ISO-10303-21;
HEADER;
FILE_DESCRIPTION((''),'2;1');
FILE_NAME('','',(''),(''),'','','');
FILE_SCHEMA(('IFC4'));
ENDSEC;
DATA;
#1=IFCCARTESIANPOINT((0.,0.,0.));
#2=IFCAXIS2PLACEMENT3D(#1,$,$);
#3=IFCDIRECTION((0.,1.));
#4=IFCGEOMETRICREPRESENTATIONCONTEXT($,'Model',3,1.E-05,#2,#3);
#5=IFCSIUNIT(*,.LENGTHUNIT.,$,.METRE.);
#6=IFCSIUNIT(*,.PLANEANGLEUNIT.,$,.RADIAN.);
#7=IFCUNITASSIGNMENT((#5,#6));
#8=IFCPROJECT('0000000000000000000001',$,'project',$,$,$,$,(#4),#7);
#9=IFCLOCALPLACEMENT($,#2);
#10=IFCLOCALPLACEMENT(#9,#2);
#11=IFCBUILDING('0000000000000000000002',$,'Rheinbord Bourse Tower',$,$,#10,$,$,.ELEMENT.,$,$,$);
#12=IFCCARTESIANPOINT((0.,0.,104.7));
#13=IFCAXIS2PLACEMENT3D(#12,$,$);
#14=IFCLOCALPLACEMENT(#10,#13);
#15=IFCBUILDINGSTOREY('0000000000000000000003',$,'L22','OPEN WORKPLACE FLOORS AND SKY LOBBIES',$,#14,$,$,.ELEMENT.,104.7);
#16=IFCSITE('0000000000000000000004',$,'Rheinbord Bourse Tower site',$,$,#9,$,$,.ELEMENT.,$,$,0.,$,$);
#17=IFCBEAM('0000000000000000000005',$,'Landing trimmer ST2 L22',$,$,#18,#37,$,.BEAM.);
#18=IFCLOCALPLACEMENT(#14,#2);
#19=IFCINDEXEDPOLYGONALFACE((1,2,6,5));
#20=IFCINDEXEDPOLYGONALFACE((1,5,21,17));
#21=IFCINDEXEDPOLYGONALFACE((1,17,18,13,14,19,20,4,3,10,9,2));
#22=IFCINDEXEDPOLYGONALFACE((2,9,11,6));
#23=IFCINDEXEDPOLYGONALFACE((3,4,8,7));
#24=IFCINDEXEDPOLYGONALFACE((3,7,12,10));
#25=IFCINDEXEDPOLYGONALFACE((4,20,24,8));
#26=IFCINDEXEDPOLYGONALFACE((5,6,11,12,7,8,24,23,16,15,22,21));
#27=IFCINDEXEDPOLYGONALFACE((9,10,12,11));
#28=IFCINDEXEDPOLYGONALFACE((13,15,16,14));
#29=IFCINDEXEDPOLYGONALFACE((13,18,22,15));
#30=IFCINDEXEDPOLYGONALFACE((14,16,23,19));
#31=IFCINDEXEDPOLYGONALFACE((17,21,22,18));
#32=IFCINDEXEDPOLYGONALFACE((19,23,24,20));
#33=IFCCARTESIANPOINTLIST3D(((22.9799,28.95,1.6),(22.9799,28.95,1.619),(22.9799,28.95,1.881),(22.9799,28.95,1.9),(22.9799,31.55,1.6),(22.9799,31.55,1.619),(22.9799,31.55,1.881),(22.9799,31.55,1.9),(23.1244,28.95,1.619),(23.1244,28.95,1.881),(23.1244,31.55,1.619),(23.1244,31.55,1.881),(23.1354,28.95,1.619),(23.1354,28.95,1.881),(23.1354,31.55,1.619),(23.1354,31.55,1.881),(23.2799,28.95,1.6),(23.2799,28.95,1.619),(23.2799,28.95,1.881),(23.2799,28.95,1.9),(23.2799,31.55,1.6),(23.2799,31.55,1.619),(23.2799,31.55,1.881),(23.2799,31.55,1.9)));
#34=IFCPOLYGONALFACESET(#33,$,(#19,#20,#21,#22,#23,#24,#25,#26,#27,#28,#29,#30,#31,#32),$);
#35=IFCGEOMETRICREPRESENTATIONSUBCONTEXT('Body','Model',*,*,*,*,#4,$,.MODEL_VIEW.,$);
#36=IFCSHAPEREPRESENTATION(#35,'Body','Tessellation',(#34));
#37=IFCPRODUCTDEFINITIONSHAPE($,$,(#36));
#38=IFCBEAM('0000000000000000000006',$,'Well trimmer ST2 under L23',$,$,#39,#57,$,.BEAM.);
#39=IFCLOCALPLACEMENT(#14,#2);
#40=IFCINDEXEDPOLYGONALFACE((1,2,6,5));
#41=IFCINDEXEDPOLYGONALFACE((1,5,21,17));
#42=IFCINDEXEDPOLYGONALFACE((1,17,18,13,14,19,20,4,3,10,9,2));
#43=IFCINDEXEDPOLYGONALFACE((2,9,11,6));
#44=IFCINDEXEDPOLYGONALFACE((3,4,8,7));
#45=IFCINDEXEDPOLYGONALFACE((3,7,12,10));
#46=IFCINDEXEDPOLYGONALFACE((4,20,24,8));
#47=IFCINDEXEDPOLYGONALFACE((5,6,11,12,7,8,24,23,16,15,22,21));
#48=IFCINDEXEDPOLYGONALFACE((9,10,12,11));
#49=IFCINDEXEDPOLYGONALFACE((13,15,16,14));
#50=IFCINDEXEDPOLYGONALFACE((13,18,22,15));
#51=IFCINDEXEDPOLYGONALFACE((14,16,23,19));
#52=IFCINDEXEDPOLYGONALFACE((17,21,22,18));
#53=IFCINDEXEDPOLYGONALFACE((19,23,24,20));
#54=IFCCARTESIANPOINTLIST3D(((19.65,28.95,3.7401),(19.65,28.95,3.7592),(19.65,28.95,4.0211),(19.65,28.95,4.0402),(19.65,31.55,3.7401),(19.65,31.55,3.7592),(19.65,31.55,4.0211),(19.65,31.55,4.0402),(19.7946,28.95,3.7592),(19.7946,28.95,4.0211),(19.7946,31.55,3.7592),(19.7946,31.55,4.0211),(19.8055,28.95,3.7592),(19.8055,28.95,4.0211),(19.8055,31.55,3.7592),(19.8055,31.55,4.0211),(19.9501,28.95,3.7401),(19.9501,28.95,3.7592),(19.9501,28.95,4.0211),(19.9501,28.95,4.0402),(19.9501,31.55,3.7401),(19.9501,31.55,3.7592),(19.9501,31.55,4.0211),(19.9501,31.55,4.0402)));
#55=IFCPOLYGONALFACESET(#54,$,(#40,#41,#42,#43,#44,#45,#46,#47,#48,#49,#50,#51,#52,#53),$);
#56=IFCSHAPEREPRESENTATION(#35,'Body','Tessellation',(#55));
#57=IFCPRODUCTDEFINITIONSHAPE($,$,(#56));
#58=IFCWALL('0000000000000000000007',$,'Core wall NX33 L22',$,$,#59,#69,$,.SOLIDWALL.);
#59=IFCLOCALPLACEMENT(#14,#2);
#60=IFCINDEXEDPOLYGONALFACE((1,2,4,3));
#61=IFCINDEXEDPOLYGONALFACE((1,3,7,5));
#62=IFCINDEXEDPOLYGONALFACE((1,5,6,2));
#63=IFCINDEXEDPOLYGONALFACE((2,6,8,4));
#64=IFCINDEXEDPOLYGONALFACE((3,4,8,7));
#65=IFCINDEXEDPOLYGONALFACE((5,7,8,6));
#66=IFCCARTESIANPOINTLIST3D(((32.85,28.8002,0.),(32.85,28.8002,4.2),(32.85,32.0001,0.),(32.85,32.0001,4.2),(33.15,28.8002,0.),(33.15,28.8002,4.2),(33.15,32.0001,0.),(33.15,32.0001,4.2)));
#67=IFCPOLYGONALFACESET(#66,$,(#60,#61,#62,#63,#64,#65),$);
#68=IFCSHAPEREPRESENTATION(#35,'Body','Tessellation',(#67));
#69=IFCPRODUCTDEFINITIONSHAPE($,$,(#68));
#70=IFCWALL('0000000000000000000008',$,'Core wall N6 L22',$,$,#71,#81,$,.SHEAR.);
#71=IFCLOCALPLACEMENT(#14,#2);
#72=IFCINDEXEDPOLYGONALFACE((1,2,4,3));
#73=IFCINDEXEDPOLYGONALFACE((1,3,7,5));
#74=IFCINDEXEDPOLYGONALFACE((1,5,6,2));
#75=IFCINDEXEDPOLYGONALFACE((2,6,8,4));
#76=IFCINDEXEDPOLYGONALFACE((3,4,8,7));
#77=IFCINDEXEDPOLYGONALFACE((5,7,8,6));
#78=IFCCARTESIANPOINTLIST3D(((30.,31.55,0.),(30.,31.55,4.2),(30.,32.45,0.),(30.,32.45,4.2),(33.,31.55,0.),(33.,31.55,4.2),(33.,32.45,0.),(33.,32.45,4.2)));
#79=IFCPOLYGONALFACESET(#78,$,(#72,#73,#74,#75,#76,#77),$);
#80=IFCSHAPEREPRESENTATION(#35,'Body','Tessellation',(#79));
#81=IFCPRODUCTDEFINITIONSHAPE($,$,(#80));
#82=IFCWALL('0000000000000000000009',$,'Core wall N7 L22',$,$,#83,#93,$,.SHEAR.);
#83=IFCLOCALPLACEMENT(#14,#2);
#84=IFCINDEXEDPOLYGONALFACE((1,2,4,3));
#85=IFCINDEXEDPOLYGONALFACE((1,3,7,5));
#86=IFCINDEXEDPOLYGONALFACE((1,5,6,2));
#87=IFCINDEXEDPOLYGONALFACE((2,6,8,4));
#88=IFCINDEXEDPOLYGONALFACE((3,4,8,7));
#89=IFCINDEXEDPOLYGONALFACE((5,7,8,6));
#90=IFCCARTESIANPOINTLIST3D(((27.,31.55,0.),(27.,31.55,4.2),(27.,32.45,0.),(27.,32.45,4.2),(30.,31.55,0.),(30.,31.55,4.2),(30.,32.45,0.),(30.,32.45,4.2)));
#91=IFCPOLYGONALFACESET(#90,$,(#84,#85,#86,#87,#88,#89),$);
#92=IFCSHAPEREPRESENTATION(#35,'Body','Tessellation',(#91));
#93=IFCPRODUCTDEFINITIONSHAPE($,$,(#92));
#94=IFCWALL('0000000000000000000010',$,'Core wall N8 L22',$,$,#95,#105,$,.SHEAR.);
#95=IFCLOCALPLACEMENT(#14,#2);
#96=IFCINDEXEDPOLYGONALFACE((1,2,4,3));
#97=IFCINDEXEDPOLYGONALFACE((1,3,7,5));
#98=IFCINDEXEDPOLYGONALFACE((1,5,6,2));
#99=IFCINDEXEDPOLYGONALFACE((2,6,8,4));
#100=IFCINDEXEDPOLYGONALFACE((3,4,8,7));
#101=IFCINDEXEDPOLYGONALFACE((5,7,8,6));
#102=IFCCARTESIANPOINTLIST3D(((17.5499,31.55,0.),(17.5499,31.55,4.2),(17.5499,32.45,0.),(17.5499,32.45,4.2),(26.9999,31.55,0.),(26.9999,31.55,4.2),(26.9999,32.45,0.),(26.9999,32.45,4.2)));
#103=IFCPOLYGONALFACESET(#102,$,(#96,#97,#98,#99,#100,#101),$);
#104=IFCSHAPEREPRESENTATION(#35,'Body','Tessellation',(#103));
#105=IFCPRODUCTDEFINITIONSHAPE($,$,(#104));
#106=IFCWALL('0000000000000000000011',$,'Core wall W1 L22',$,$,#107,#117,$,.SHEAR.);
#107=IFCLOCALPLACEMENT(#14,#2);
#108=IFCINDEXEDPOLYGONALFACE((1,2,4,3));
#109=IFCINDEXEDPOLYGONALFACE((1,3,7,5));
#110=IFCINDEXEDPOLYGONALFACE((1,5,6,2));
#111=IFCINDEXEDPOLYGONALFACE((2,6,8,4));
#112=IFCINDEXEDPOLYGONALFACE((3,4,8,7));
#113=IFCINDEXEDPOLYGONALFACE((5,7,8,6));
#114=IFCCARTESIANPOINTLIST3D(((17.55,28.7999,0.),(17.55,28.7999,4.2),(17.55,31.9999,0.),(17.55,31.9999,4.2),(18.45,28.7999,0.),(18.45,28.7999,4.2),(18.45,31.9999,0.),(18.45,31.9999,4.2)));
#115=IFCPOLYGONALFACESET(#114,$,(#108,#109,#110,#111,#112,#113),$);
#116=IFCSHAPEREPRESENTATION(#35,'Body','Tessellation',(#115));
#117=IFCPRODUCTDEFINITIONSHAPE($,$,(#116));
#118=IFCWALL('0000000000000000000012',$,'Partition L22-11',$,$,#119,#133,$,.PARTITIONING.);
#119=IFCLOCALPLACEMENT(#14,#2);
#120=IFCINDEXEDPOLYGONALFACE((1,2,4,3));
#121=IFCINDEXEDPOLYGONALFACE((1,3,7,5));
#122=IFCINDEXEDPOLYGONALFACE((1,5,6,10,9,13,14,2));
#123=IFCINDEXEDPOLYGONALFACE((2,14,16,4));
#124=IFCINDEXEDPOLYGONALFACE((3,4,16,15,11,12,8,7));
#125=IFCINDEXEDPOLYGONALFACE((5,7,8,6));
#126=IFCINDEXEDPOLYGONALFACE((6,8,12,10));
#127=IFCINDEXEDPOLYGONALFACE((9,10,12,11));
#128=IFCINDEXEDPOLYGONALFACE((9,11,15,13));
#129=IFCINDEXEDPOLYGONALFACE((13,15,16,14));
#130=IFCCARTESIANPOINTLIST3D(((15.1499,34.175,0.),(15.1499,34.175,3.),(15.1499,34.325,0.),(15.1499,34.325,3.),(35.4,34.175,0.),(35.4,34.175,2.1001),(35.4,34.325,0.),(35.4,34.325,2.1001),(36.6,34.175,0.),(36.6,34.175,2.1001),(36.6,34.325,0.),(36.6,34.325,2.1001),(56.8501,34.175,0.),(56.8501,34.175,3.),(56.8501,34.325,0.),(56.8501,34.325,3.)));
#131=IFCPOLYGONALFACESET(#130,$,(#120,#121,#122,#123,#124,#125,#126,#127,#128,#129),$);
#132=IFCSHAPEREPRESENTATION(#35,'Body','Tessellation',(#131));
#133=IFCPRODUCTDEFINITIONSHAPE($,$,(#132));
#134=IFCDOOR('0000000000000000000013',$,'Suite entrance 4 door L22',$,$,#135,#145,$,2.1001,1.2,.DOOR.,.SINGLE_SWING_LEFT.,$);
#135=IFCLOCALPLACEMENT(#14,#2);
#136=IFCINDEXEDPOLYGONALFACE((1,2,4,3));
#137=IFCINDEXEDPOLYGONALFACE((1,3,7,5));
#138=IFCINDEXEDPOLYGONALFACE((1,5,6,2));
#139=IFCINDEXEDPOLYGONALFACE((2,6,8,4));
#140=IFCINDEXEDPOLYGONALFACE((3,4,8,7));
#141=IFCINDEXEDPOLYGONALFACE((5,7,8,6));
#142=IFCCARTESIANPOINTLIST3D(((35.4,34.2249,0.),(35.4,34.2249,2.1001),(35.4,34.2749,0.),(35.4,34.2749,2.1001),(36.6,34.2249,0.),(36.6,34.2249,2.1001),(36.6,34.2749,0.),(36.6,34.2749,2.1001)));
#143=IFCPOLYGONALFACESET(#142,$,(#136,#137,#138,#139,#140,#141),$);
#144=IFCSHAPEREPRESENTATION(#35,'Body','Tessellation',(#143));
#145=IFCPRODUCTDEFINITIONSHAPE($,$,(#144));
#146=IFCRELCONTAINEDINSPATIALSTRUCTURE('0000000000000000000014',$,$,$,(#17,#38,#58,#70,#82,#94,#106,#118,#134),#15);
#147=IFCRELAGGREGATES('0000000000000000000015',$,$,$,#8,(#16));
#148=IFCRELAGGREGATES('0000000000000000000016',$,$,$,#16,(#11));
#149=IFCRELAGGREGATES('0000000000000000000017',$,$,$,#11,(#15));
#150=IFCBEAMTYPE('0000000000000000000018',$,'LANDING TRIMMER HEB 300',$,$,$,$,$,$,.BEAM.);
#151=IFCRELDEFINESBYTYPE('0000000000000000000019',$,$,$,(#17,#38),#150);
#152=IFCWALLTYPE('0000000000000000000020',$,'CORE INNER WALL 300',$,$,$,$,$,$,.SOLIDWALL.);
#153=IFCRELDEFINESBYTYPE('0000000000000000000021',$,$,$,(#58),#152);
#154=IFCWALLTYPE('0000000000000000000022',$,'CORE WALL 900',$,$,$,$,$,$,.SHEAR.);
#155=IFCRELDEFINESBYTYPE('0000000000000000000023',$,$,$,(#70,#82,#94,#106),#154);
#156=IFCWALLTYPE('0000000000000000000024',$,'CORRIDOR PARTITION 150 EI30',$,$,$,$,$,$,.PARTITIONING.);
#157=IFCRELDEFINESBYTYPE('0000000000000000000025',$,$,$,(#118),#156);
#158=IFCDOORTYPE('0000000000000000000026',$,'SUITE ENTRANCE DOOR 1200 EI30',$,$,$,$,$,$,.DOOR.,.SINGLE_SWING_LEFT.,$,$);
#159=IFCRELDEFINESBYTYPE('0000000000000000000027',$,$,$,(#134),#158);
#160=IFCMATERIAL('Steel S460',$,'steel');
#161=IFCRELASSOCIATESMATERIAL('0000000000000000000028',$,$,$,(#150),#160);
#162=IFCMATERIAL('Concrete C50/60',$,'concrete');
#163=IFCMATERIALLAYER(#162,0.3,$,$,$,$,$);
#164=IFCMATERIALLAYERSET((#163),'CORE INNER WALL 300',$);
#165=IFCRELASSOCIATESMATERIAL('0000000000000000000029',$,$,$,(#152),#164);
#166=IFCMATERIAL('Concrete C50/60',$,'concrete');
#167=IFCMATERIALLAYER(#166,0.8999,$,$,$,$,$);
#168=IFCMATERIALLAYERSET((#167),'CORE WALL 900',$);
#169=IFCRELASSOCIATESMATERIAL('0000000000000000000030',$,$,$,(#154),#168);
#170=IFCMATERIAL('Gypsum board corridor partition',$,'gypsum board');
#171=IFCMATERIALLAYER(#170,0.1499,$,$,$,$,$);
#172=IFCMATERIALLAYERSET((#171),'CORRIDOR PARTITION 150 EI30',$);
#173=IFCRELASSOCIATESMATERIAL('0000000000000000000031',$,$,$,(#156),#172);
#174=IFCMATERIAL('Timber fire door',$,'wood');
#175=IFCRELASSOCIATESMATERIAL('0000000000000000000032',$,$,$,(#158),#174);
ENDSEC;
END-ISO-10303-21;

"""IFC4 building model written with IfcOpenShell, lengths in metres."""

from ifc_helpers import new_model, si_unit, direction, frame, frame_2d, origin, origin_2d, place, context, subcontext, project, spatial, rectangle, i_section, extrude, material, layer, layer_set, material_profile, profile_set, type_object, element, fill, save


model = new_model("IFC4")

# Units and contexts
model_context = context("Model", 3, precision=1e-05, world=origin(), true_north=direction((0.0, 1.0)))
body_context = subcontext(model_context, "Body", "Model", "MODEL_VIEW")
ifc_project = project(units=[si_unit("LENGTHUNIT", "METRE"), si_unit("PLANEANGLEUNIT", "RADIAN")], contexts=[model_context])

# Site, building, storey
site_placement = place(None, origin())
site = spatial("IfcSite", under=ifc_project, at=site_placement, Name="Rheinbord Bourse Tower site", CompositionType="ELEMENT", RefElevation=0.0)
building_placement = place(site_placement, origin())
building = spatial("IfcBuilding", under=site, at=building_placement, Name="Rheinbord Bourse Tower", CompositionType="ELEMENT")
storey_placement = place(building_placement, frame((0.0, 0.0, 104.7)))
storey = spatial("IfcBuildingStorey", under=building, at=storey_placement, Name="L22", Description="OPEN WORKPLACE FLOORS AND SKY LOBBIES", CompositionType="ELEMENT", Elevation=104.7)

# Beams
ifc_material_1 = material(Name="Steel S460", Category="steel")
ifc_material_profile = material_profile(ifc_material_1, i_section(OverallWidth=0.3, OverallDepth=0.3, WebThickness=0.011, FlangeThickness=0.019, at=origin_2d()), Name="HEB 300")
ifc_profile_set = profile_set([ifc_material_profile], Name="Steel S460")
beam_type = type_object("IfcBeamType", Name="LANDING TRIMMER HEB 300", PredefinedType="BEAM", material=ifc_profile_set)
for number, where, z_axis, x_axis, name in (
    (1, (23.1299, 28.95, 1.75), (0.0, 1.0, 0.0), (-1.0, 0.0, 0.0), "Landing trimmer ST2 L22"),
    (2, (19.8, 28.95, 3.8901), (0.0, 1.0, 0.0), (-1.0, 0.0, 0.0), "Well trimmer ST2 under L23"),
):
    element("IfcBeam", number, at=place(storey_placement, frame(where, z_axis=z_axis, x_axis=x_axis)), inside=storey, type_object=beam_type, Name=name, PredefinedType="BEAM", context=body_context, shape_type="SweptSolid", body=[
        extrude(i_section(OverallWidth=0.3, OverallDepth=0.3, WebThickness=0.011, FlangeThickness=0.019, at=origin_2d()), origin(), (0.0, 0.0, 1.0), 2.6001),
    ])

# Walls
ifc_material_2 = material(Name="Concrete C50/60", Category="concrete")
ifc_layer_1 = layer(ifc_material_2, 0.3)
ifc_layer_set_1 = layer_set([ifc_layer_1], Name="CORE INNER WALL 300")
wall_type_1 = type_object("IfcWallType", Name="CORE INNER WALL 300", PredefinedType="SOLIDWALL", material=ifc_layer_set_1)
wall_1_placement = place(storey_placement, frame((33.0, 28.8, 0.0), z_axis=(0.0, 0.0, 1.0), x_axis=(0.0, 1.0, 0.0)))
element("IfcWall", 3, at=wall_1_placement, inside=storey, type_object=wall_type_1, Name="Core wall NX33 L22", PredefinedType="SOLIDWALL", context=body_context, shape_type="SweptSolid", body=[
    extrude(rectangle(XDim=3.2, YDim=0.3, at=frame_2d((1.6001, 0.0))), origin(), (0.0, 0.0, 1.0), 4.2),
])
ifc_material_3 = material(Name="Concrete C50/60", Category="concrete")
ifc_layer_2 = layer(ifc_material_3, 0.8999)
ifc_layer_set_2 = layer_set([ifc_layer_2], Name="CORE WALL 900")
wall_type_2 = type_object("IfcWallType", Name="CORE WALL 900", PredefinedType="SHEAR", material=ifc_layer_set_2)
for number, where, z_axis, x_axis, name in (
    (4, (33.0, 32.0, 0.0), (0.0, 0.0, 1.0), (-1.0, 0.0, 0.0), "Core wall N6 L22"),
    (5, (30.0, 32.0, 0.0), (0.0, 0.0, 1.0), (-1.0, 0.0, 0.0), "Core wall N7 L22"),
):
    element("IfcWall", number, at=place(storey_placement, frame(where, z_axis=z_axis, x_axis=x_axis)), inside=storey, type_object=wall_type_2, Name=name, PredefinedType="SHEAR", context=body_context, shape_type="SweptSolid", body=[
        extrude(rectangle(XDim=3.0, YDim=0.8999, at=frame_2d((1.5, 0.0))), origin(), (0.0, 0.0, 1.0), 4.2),
    ])
wall_2_placement = place(storey_placement, frame((27.0, 32.0, 0.0), z_axis=(0.0, 0.0, 1.0), x_axis=(-1.0, 0.0, 0.0)))
element("IfcWall", 6, at=wall_2_placement, inside=storey, type_object=wall_type_2, Name="Core wall N8 L22", PredefinedType="SHEAR", context=body_context, shape_type="SweptSolid", body=[
    extrude(rectangle(XDim=9.45, YDim=0.8999, at=frame_2d((4.7251, 0.0))), origin(), (0.0, 0.0, 1.0), 4.2),
])
wall_3_placement = place(storey_placement, frame((18.0, 32.0, 0.0), z_axis=(0.0, 0.0, 1.0), x_axis=(0.0, -1.0, 0.0)))
element("IfcWall", 7, at=wall_3_placement, inside=storey, type_object=wall_type_2, Name="Core wall W1 L22", PredefinedType="SHEAR", context=body_context, shape_type="SweptSolid", body=[
    extrude(rectangle(XDim=3.2, YDim=0.8999, at=frame_2d((1.6001, 0.0))), origin(), (0.0, 0.0, 1.0), 4.2),
])

# Wall, opening, door
ifc_material_4 = material(Name="Gypsum board corridor partition", Category="gypsum board")
ifc_layer_3 = layer(ifc_material_4, 0.1499)
ifc_layer_set_3 = layer_set([ifc_layer_3], Name="CORRIDOR PARTITION 150 EI30")
wall_type_3 = type_object("IfcWallType", Name="CORRIDOR PARTITION 150 EI30", PredefinedType="PARTITIONING", material=ifc_layer_set_3)
wall_4_placement = place(storey_placement, frame((15.1499, 34.25, 0.0), z_axis=(0.0, 0.0, 1.0), x_axis=(1.0, 0.0, 0.0)))
wall_4 = element("IfcWall", 8, at=wall_4_placement, inside=storey, type_object=wall_type_3, Name="Partition L22-11", PredefinedType="PARTITIONING", context=body_context, shape_type="SweptSolid", body=[
    extrude(rectangle(XDim=41.7002, YDim=0.1499, at=frame_2d((20.8501, 0.0))), origin(), (0.0, 0.0, 1.0), 3.0),
])
opening_1_placement = place(wall_4_placement, frame((20.25, 0.0, 0.0)))
opening_1 = element("IfcOpeningElement", 9, at=opening_1_placement, cuts=wall_4, PredefinedType="OPENING", context=body_context, shape_type="SweptSolid", body=[
    extrude(rectangle(XDim=1.2, YDim=2.1001, at=frame_2d((0.6001, 1.05))), frame((0.0, 0.085, 0.0), z_axis=(0.0, -1.0, 0.0), x_axis=(1.0, 0.0, 0.0)), (0.0, 0.0, 1.0), 0.1699),
])
ifc_material_5 = material(Name="Timber fire door", Category="wood")
door_type_1 = type_object("IfcDoorType", Name="SUITE ENTRANCE DOOR 1200 EI30", OperationType="SINGLE_SWING_LEFT", PredefinedType="DOOR", material=ifc_material_5)
door_1_placement = place(opening_1_placement, origin())
door_1 = element("IfcDoor", 10, at=door_1_placement, inside=storey, type_object=door_type_1, Name="Suite entrance 4 door L22", OperationType="SINGLE_SWING_LEFT", OverallHeight=2.1001, OverallWidth=1.2, PredefinedType="DOOR", context=body_context, shape_type="SweptSolid", body=[
    extrude(rectangle(XDim=1.2, YDim=2.1001, at=frame_2d((0.6001, 1.05))), frame((0.0, 0.0249, 0.0), z_axis=(0.0, -1.0, 0.0), x_axis=(1.0, 0.0, 0.0)), (0.0, 0.0, 1.0), 0.05),
])
fill(opening_1, door_1)

save(model, "model.ifc")
